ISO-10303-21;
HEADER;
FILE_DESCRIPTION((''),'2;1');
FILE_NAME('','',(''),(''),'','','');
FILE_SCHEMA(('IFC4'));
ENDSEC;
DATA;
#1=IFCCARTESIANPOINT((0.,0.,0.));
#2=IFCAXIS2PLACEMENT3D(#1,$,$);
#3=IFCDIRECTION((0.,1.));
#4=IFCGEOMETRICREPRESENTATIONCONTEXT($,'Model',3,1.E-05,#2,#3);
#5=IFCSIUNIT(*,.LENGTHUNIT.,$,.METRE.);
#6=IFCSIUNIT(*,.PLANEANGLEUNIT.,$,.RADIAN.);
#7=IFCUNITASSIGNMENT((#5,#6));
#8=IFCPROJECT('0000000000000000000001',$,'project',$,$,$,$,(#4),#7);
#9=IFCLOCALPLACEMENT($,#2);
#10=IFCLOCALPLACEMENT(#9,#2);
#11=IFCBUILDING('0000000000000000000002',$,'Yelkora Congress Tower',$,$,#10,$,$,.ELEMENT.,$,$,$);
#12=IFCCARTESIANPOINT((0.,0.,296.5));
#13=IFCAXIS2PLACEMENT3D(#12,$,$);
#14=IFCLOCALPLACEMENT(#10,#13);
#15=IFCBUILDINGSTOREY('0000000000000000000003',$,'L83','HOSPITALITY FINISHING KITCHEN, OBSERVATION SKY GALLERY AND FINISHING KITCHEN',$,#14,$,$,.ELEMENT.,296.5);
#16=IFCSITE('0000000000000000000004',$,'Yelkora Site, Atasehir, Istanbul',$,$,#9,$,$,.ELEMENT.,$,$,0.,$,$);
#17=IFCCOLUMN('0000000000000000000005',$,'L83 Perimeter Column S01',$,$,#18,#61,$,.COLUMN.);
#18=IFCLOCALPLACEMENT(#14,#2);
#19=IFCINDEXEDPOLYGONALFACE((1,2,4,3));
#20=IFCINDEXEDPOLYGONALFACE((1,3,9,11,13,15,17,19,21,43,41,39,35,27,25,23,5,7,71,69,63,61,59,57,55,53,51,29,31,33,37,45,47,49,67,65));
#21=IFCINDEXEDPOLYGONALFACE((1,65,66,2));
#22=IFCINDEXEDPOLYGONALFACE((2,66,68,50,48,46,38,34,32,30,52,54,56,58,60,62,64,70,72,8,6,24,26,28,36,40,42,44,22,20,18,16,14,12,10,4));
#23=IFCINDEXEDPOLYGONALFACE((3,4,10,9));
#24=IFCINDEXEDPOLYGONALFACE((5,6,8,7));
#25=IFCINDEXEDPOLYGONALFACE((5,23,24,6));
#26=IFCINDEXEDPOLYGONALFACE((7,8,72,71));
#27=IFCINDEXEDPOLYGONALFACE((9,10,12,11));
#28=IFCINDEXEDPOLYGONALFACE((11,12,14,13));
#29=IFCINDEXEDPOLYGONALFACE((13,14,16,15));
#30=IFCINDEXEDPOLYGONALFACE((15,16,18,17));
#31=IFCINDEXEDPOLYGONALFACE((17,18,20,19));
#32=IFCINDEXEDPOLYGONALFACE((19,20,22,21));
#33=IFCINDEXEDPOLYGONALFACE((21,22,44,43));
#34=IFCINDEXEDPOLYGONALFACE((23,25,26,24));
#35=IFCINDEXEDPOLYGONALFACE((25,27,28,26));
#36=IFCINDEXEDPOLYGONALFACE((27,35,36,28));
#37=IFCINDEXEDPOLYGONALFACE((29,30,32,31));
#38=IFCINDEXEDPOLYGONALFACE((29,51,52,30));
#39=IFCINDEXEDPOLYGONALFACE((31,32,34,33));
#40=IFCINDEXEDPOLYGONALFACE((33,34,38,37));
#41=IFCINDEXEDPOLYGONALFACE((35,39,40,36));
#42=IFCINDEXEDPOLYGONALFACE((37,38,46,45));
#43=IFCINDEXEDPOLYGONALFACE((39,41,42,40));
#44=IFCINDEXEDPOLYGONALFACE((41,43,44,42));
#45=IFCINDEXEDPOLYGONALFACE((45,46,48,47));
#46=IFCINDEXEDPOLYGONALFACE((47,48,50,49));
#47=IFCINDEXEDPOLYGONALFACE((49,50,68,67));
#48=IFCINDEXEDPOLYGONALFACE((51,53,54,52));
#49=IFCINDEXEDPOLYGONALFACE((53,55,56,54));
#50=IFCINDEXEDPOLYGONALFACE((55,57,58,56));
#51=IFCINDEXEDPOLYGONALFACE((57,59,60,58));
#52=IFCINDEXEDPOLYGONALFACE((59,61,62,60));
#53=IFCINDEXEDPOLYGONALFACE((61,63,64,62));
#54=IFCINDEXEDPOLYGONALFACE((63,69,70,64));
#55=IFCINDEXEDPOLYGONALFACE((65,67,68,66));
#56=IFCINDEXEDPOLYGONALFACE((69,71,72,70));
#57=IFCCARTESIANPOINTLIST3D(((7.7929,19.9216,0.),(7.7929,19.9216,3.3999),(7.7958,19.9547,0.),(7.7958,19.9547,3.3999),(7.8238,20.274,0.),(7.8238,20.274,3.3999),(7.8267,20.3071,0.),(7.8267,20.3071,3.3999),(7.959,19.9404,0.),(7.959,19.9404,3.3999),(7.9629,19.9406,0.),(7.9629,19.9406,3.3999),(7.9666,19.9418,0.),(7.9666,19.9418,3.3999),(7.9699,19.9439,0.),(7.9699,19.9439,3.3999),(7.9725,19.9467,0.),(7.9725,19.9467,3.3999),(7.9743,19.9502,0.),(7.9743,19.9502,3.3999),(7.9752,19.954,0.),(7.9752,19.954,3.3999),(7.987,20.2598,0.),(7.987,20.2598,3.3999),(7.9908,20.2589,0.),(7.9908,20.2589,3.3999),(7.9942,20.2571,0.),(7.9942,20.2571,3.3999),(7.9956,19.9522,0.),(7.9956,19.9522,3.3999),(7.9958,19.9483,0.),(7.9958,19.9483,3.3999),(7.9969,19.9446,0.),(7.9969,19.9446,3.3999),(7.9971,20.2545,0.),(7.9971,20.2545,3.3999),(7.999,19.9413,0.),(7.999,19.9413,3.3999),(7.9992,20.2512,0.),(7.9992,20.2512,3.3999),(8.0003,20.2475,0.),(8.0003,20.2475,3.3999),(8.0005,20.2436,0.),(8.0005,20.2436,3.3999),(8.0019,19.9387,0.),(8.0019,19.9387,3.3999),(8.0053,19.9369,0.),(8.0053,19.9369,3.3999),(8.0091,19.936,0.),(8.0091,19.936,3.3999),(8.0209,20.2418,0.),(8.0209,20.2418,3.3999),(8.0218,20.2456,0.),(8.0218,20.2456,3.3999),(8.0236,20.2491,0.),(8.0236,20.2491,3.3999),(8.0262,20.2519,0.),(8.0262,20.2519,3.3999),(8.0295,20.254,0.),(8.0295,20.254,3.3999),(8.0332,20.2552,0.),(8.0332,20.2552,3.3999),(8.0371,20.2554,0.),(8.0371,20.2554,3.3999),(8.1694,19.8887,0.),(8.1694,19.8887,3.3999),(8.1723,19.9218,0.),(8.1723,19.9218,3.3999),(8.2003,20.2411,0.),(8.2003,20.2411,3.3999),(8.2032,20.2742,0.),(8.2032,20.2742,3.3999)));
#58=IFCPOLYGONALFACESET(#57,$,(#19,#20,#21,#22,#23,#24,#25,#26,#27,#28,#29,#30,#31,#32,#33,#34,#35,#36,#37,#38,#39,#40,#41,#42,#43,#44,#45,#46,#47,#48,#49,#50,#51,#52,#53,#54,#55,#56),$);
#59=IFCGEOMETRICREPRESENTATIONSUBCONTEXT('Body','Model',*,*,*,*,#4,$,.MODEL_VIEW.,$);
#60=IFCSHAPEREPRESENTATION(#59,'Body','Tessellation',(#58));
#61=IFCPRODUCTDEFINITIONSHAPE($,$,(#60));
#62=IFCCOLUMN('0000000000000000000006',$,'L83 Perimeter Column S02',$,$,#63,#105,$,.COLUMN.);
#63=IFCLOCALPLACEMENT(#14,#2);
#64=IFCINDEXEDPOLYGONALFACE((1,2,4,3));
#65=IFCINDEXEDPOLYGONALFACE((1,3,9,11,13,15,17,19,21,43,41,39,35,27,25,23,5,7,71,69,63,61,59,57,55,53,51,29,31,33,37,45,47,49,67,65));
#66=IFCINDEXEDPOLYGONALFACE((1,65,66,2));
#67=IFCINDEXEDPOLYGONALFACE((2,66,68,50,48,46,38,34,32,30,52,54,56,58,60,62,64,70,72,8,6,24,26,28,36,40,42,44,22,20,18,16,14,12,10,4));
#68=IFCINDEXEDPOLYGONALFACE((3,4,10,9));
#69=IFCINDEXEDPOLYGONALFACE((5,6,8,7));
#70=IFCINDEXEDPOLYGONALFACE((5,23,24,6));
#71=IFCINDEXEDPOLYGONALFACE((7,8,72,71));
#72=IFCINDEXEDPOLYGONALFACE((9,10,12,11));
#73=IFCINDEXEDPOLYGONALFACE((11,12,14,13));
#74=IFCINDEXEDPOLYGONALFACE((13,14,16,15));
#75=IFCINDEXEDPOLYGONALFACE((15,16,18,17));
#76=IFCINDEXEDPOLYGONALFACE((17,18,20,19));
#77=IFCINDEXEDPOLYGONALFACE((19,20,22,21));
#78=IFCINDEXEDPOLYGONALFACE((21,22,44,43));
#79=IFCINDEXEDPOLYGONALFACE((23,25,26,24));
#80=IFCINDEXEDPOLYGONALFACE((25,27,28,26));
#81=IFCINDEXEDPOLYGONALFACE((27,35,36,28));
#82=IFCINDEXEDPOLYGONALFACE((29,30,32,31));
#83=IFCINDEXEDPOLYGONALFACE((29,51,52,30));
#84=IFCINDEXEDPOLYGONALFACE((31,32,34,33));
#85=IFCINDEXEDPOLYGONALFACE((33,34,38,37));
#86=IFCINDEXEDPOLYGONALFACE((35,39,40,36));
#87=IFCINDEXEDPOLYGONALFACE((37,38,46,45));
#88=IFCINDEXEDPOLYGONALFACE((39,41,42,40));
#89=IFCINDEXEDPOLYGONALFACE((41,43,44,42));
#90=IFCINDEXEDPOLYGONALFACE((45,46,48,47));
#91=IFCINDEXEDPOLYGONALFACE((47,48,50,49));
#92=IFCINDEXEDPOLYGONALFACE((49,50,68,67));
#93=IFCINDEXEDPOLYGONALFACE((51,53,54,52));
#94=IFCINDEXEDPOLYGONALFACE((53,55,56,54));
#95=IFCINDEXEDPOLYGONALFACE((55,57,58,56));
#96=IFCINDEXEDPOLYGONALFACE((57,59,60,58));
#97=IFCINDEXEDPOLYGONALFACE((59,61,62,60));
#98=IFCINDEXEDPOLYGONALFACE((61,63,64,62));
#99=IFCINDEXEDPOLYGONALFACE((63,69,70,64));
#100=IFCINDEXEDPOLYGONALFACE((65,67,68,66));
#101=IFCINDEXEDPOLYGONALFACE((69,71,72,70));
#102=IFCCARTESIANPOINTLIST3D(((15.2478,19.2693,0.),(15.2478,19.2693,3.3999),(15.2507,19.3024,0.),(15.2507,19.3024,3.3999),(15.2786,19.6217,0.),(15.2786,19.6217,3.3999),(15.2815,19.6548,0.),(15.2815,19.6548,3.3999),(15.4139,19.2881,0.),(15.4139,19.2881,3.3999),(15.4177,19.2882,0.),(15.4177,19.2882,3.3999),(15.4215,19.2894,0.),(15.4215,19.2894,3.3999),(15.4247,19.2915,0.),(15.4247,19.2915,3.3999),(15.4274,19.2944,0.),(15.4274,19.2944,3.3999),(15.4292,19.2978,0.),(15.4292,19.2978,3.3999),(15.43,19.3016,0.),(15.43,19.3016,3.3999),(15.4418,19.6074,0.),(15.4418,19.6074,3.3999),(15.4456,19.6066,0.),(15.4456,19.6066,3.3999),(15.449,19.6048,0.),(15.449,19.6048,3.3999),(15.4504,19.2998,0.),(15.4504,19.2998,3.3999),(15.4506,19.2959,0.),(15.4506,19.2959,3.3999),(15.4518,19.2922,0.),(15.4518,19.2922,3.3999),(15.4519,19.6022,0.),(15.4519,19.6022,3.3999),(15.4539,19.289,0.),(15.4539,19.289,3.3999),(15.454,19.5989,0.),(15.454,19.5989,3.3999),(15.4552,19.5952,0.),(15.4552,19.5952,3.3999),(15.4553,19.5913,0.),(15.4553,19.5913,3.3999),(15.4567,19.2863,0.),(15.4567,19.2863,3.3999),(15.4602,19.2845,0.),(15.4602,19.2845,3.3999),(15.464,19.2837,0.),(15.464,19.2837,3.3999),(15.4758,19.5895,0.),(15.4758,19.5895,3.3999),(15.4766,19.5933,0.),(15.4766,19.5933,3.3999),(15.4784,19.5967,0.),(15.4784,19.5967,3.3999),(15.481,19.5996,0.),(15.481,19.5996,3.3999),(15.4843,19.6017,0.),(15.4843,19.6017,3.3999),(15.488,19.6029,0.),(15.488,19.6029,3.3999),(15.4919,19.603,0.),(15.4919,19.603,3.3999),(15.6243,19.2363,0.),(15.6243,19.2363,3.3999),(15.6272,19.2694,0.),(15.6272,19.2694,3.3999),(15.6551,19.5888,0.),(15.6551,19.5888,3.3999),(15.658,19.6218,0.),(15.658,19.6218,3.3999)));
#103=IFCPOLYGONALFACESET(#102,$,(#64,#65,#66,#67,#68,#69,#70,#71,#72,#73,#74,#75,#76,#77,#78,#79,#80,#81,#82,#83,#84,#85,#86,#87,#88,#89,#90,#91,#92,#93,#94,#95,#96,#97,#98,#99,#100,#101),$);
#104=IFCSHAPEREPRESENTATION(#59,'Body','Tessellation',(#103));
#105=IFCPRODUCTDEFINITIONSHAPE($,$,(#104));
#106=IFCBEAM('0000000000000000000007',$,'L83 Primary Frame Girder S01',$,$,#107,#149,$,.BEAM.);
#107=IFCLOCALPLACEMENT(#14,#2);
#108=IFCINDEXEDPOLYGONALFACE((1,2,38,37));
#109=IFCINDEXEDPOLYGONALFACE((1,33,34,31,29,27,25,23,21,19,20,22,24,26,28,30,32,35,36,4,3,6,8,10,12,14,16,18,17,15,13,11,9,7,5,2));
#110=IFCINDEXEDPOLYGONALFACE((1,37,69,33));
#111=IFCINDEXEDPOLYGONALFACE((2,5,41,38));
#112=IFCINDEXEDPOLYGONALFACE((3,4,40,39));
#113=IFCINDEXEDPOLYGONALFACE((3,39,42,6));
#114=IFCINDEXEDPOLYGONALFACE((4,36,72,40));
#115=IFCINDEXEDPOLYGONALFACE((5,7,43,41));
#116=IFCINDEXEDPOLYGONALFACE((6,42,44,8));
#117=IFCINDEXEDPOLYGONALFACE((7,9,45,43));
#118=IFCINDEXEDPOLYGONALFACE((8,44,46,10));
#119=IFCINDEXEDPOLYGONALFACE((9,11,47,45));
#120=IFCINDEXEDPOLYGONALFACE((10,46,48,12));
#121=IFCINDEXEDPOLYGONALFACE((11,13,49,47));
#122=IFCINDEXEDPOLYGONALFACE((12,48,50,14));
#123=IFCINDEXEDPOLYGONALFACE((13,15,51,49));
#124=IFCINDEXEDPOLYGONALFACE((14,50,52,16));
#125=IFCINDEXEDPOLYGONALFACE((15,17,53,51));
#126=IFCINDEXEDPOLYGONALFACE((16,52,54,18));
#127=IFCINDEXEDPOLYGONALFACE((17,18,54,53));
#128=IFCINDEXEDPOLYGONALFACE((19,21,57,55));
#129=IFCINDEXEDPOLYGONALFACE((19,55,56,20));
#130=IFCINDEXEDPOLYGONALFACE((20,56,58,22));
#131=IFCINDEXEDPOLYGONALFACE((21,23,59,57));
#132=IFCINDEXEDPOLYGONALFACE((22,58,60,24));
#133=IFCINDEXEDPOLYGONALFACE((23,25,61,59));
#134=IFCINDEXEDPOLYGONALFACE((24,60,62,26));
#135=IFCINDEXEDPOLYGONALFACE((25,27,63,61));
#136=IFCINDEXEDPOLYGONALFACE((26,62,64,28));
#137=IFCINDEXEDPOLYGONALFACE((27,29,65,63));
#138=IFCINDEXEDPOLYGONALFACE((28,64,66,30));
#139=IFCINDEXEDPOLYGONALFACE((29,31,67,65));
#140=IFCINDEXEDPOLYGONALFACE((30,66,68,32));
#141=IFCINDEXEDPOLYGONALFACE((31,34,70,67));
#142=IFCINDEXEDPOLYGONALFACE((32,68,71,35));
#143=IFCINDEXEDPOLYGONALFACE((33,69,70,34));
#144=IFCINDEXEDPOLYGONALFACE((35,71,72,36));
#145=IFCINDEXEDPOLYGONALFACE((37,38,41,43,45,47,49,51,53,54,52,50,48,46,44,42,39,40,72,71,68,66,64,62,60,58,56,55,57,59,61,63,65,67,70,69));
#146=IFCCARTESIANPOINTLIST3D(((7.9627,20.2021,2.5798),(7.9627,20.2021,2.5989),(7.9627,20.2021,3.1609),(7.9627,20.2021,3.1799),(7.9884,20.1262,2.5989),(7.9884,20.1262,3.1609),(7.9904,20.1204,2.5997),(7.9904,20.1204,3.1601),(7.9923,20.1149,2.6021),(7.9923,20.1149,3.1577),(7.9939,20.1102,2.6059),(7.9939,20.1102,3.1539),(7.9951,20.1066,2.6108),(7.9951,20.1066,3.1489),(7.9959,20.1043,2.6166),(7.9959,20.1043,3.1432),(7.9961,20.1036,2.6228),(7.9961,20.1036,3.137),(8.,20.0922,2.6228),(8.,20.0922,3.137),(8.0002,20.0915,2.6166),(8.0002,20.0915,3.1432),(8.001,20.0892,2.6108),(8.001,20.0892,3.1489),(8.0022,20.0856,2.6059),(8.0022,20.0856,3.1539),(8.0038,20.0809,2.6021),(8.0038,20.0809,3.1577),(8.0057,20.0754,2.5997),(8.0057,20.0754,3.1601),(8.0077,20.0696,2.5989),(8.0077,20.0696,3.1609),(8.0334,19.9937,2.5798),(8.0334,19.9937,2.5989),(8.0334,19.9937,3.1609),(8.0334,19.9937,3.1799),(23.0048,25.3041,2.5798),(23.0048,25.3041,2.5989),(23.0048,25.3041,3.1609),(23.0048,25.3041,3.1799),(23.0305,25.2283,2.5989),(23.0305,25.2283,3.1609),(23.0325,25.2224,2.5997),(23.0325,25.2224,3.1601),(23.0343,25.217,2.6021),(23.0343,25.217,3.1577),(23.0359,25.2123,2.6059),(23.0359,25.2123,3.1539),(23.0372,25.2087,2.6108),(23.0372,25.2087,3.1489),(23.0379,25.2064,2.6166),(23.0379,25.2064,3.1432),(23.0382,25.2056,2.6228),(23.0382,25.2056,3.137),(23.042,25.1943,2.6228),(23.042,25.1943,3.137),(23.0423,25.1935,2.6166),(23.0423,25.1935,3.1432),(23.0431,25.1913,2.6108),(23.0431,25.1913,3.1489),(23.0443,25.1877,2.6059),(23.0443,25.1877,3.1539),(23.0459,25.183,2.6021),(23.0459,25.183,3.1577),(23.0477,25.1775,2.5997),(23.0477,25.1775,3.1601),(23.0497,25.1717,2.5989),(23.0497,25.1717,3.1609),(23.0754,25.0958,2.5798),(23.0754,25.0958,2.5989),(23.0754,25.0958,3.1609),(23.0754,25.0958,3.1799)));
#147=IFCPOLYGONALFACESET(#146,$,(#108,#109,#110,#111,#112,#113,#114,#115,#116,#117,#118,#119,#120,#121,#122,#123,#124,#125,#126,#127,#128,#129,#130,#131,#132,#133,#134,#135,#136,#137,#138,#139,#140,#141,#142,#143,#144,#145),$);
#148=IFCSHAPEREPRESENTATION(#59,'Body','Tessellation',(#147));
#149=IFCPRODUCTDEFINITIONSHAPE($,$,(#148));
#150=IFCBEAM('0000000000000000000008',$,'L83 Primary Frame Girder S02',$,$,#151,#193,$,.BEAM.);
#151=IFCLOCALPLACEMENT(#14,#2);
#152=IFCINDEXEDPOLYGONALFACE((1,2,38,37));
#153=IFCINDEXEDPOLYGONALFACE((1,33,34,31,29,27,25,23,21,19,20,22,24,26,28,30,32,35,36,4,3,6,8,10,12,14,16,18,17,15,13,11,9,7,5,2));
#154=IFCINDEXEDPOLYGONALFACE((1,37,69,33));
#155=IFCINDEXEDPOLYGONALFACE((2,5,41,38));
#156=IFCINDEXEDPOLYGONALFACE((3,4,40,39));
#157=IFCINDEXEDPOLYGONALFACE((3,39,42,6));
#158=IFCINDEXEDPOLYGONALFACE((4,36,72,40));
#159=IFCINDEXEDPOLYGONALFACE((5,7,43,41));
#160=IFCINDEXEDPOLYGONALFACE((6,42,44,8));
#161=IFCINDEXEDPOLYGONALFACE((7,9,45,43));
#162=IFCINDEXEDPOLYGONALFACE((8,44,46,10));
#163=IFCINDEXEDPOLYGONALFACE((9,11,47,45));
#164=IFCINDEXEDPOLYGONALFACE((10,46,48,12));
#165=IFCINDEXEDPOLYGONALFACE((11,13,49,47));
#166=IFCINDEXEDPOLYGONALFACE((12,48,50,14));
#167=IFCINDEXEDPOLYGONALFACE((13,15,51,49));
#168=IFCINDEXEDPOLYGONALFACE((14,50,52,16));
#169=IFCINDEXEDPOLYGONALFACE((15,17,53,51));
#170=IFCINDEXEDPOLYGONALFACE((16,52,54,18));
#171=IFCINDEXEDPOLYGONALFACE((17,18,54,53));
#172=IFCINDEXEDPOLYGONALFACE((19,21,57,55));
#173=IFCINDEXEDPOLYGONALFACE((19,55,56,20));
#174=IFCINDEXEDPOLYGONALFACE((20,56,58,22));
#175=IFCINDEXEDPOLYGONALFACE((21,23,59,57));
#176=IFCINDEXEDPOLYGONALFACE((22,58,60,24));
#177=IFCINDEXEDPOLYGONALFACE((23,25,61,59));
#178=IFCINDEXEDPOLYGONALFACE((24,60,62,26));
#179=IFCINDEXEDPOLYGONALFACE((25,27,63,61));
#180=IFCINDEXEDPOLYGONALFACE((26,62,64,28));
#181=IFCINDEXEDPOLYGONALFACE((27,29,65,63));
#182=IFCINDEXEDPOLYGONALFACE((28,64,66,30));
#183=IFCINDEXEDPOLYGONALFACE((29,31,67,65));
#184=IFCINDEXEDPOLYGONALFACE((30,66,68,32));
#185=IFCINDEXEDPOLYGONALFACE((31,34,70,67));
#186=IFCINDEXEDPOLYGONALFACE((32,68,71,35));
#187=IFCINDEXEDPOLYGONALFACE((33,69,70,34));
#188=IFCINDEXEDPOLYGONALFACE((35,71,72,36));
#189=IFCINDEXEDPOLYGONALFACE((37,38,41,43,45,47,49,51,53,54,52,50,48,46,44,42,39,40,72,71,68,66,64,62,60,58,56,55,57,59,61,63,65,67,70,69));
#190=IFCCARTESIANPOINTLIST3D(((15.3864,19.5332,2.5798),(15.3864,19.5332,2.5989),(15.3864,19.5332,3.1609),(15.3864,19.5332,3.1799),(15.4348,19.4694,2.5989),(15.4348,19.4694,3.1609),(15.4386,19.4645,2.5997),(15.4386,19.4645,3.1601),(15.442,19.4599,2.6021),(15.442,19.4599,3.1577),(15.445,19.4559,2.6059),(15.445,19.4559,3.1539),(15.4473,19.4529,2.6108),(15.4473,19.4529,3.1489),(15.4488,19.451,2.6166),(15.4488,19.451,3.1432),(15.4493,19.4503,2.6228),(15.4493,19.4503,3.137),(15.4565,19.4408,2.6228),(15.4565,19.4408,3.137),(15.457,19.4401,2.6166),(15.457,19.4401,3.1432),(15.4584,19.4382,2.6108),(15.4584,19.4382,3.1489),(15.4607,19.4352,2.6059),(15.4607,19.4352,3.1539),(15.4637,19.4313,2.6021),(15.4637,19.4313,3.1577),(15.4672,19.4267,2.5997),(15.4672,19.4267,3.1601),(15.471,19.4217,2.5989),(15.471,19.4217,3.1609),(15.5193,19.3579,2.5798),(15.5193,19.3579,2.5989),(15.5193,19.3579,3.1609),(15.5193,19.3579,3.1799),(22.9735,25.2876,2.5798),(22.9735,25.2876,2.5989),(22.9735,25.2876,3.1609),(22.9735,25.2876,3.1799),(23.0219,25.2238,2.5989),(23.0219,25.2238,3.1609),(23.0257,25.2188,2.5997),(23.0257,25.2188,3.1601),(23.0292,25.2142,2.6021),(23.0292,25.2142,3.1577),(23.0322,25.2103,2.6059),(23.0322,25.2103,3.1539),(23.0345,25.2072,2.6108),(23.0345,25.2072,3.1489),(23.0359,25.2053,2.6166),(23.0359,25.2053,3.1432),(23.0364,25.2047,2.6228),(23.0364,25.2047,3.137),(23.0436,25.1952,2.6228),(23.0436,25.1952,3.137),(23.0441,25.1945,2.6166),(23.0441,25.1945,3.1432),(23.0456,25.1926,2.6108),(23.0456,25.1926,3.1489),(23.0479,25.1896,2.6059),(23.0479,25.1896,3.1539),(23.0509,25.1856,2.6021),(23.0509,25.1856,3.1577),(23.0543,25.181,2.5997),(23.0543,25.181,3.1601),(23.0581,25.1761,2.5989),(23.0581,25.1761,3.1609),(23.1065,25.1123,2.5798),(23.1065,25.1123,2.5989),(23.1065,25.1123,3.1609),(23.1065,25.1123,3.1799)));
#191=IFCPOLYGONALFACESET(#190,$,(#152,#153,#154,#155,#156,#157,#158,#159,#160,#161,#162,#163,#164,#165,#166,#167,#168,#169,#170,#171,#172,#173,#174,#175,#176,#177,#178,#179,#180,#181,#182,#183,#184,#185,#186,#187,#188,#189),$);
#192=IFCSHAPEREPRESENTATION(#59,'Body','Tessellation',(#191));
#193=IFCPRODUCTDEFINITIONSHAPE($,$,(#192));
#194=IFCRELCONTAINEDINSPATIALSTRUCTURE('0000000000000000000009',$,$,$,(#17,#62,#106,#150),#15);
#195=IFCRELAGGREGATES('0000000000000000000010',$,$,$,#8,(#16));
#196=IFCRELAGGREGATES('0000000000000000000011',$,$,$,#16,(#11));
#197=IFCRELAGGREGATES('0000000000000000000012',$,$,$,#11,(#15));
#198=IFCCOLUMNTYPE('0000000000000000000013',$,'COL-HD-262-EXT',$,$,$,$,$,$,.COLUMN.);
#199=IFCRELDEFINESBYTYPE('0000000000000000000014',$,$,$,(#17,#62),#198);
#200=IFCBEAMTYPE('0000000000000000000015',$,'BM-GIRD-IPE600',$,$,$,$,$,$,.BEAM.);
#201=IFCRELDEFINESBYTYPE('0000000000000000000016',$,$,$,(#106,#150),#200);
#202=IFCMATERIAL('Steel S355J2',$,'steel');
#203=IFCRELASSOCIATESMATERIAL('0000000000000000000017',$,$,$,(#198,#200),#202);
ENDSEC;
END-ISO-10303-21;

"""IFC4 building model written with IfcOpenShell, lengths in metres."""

from ifc_helpers import new_model, si_unit, direction, frame, origin, origin_2d, place, context, subcontext, project, spatial, i_section, extrude, material, material_profile, profile_set, type_object, element, save


model = new_model("IFC4")

# Units and contexts
model_context = context("Model", 3, precision=1e-05, world=origin(), true_north=direction((0.0, 1.0)))
body_context = subcontext(model_context, "Body", "Model", "MODEL_VIEW")
ifc_project = project(units=[si_unit("LENGTHUNIT", "METRE"), si_unit("PLANEANGLEUNIT", "RADIAN")], contexts=[model_context])

# Site, building, storey
site_placement = place(None, origin())
site = spatial("IfcSite", under=ifc_project, at=site_placement, Name="Yelkora Site, Atasehir, Istanbul", CompositionType="ELEMENT", RefElevation=0.0)
building_placement = place(site_placement, origin())
building = spatial("IfcBuilding", under=site, at=building_placement, Name="Yelkora Congress Tower", CompositionType="ELEMENT")
storey_placement = place(building_placement, frame((0.0, 0.0, 296.5)))
storey = spatial("IfcBuildingStorey", under=building, at=storey_placement, Name="L83", Description="HOSPITALITY FINISHING KITCHEN, OBSERVATION SKY GALLERY AND FINISHING KITCHEN", CompositionType="ELEMENT", Elevation=296.5)

# Columns
ifc_material_1 = material(Name="Steel S355J2", Category="steel")
ifc_material_profile_1 = material_profile(ifc_material_1, i_section(OverallWidth=0.3779, OverallDepth=0.387, WebThickness=0.0205, FlangeThickness=0.0332, FilletRadius=0.0149, at=origin_2d()), Name="HD 360x262")
ifc_profile_set_1 = profile_set([ifc_material_profile_1], Name="Steel S355J2")
column_type = type_object("IfcColumnType", Name="COL-HD-262-EXT", PredefinedType="COLUMN", material=ifc_profile_set_1)
for number, where, z_axis, x_axis, name in (
    (1, (7.998, 20.0979, 0.0), (0.0, 0.0, 1.0), (0.996195, -0.087156, 0.0), "L83 Perimeter Column S01"),
    (2, (15.4529, 19.4456, 0.0), (0.0, 0.0, 1.0), (0.996195, -0.087156, 0.0), "L83 Perimeter Column S02"),
):
    element("IfcColumn", number, at=place(storey_placement, frame(where, z_axis=z_axis, x_axis=x_axis)), inside=storey, type_object=column_type, Name=name, PredefinedType="COLUMN", context=body_context, shape_type="SweptSolid", body=[
        extrude(i_section(OverallWidth=0.3779, OverallDepth=0.387, WebThickness=0.0205, FlangeThickness=0.0332, FilletRadius=0.0149, at=origin_2d()), origin(), (0.0, 0.0, 1.0), 3.3999),
    ])

# Beams
ifc_material_profile_2 = material_profile(ifc_material_1, i_section(OverallWidth=0.22, OverallDepth=0.6001, WebThickness=0.012, FlangeThickness=0.019, FilletRadius=0.0239, at=origin_2d()), Name="IPE 600")
ifc_profile_set_2 = profile_set([ifc_material_profile_2], Name="Steel S355J2")
beam_type_1 = type_object("IfcBeamType", Name="BM-GIRD-IPE600", PredefinedType="BEAM", material=ifc_profile_set_2)
beam_1_placement = place(storey_placement, frame((7.998, 20.0979, 2.8799), z_axis=(0.947007, 0.321213, 0.0), x_axis=(-0.321213, 0.947007, 0.0)))
element("IfcBeam", 3, at=beam_1_placement, inside=storey, type_object=beam_type_1, Name="L83 Primary Frame Girder S01", PredefinedType="BEAM", context=body_context, shape_type="SweptSolid", body=[
    extrude(i_section(OverallWidth=0.22, OverallDepth=0.6001, WebThickness=0.012, FlangeThickness=0.019, FilletRadius=0.0239, at=origin_2d()), origin(), (0.0, 0.0, 1.0), 15.8838),
])
beam_2_placement = place(storey_placement, frame((15.4529, 19.4456, 2.8799), z_axis=(0.796761, 0.604294, 0.0), x_axis=(-0.604294, 0.796761, 0.0)))
element("IfcBeam", 4, at=beam_2_placement, inside=storey, type_object=beam_type_1, Name="L83 Primary Frame Girder S02", PredefinedType="BEAM", context=body_context, shape_type="SweptSolid", body=[
    extrude(i_section(OverallWidth=0.22, OverallDepth=0.6001, WebThickness=0.012, FlangeThickness=0.019, FilletRadius=0.0239, at=origin_2d()), origin(), (0.0, 0.0, 1.0), 9.5225),
])

save(model, "model.ifc")
